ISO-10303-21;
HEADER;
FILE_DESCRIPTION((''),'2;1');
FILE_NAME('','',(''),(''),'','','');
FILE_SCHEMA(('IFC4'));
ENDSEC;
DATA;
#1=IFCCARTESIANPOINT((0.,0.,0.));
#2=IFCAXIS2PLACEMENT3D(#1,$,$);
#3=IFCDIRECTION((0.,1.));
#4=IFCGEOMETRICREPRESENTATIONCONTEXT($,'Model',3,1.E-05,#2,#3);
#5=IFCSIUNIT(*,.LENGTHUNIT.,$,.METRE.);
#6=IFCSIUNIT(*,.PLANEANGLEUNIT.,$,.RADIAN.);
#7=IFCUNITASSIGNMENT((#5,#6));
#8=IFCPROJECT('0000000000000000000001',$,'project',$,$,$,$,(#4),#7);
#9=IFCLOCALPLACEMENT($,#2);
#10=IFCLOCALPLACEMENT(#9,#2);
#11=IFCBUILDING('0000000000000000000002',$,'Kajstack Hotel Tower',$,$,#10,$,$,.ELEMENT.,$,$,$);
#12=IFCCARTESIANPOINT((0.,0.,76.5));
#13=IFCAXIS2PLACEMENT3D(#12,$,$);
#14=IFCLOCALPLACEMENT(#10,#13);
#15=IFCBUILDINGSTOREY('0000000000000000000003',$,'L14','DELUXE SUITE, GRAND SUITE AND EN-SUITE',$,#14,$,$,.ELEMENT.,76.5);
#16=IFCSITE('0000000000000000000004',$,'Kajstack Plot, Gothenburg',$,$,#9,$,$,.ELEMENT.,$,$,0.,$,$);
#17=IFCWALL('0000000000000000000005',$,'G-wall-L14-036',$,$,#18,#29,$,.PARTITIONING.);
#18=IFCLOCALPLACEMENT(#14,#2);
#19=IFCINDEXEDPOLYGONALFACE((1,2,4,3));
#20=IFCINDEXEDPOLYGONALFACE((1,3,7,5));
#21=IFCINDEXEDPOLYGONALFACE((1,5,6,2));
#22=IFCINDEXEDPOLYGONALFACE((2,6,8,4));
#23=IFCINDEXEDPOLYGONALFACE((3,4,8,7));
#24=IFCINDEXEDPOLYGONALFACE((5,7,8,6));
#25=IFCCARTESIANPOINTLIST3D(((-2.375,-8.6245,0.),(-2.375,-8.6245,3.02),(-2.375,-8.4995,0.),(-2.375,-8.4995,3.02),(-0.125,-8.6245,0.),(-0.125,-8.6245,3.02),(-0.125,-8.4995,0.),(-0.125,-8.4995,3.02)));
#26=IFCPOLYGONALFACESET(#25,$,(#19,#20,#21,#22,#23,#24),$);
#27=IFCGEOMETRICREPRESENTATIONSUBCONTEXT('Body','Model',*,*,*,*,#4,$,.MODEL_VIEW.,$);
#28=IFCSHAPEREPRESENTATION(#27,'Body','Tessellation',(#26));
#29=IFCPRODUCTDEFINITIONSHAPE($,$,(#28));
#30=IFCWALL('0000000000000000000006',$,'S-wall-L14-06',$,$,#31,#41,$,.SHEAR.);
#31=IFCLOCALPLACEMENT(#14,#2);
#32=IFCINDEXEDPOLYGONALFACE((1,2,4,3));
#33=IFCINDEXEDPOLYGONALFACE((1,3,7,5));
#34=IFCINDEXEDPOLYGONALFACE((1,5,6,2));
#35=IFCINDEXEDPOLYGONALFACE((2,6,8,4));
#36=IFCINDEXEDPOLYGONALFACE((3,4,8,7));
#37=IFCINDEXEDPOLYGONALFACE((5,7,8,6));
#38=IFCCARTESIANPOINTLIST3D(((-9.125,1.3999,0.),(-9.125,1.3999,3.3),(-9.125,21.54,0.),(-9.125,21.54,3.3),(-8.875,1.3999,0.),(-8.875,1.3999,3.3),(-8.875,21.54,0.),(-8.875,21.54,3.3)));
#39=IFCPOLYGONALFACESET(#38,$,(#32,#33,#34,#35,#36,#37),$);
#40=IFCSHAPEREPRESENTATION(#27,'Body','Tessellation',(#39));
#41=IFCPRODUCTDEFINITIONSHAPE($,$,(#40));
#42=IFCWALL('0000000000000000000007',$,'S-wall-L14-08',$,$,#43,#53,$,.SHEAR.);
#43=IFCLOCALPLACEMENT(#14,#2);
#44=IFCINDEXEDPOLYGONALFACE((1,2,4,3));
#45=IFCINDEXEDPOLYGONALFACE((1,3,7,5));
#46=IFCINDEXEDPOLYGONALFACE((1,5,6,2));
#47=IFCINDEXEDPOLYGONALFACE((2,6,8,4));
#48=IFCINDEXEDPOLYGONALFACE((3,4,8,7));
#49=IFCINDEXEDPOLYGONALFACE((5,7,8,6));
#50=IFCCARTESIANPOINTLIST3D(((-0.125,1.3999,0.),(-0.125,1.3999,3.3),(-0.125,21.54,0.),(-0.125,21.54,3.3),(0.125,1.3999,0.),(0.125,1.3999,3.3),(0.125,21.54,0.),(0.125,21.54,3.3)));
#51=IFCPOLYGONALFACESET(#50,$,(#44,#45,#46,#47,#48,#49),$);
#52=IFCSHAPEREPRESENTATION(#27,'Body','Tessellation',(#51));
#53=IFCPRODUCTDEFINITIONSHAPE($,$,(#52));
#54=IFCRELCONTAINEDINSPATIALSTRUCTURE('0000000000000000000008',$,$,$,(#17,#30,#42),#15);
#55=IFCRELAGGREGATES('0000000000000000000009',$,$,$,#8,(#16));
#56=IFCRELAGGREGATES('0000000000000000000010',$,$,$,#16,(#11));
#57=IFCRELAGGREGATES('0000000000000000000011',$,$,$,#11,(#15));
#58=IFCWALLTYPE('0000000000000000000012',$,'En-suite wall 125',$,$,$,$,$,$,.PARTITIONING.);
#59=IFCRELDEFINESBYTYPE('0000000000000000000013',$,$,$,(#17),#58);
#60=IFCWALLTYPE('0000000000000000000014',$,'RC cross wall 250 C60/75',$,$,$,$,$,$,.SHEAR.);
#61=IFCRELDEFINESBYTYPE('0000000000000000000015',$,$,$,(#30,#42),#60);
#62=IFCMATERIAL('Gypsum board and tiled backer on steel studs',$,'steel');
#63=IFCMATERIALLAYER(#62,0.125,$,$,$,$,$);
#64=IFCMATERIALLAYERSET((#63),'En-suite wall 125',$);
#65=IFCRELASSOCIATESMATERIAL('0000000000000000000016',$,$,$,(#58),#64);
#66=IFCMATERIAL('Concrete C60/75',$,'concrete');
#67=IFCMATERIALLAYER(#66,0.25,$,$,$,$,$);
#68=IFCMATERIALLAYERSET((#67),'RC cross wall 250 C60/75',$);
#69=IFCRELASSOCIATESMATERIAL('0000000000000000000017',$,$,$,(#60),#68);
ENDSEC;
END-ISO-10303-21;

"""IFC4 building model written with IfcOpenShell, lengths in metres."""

from ifc_helpers import new_model, si_unit, direction, frame, frame_2d, origin, place, context, subcontext, project, spatial, rectangle, extrude, material, layer, layer_set, type_object, element, save


model = new_model("IFC4")

# Units and contexts
model_context = context("Model", 3, precision=1e-05, world=origin(), true_north=direction((0.0, 1.0)))
body_context = subcontext(model_context, "Body", "Model", "MODEL_VIEW")
ifc_project = project(units=[si_unit("LENGTHUNIT", "METRE"), si_unit("PLANEANGLEUNIT", "RADIAN")], contexts=[model_context])

# Site, building, storey
site_placement = place(None, origin())
site = spatial("IfcSite", under=ifc_project, at=site_placement, Name="Kajstack Plot, Gothenburg", CompositionType="ELEMENT", RefElevation=0.0)
building_placement = place(site_placement, origin())
building = spatial("IfcBuilding", under=site, at=building_placement, Name="Kajstack Hotel Tower", CompositionType="ELEMENT")
storey_placement = place(building_placement, frame((0.0, 0.0, 76.5)))
storey = spatial("IfcBuildingStorey", under=building, at=storey_placement, Name="L14", Description="DELUXE SUITE, GRAND SUITE AND EN-SUITE", CompositionType="ELEMENT", Elevation=76.5)

# Shared definitions
ifc_material_1 = material(Name="Gypsum board and tiled backer on steel studs", Category="steel")
ifc_layer_1 = layer(ifc_material_1, 0.125)
ifc_layer_set_1 = layer_set([ifc_layer_1], Name="En-suite wall 125")
wall_type_1 = type_object("IfcWallType", Name="En-suite wall 125", PredefinedType="PARTITIONING", material=ifc_layer_set_1)

# Walls
wall_1_placement = place(storey_placement, frame((-2.375, -8.562, 0.0), z_axis=(0.0, 0.0, 1.0), x_axis=(1.0, 0.0, 0.0)))
element("IfcWall", 1, at=wall_1_placement, inside=storey, type_object=wall_type_1, Name="G-wall-L14-036", PredefinedType="PARTITIONING", context=body_context, shape_type="SweptSolid", body=[
    extrude(rectangle(XDim=2.25, YDim=0.125, at=frame_2d((1.125, 0.0))), origin(), (0.0, 0.0, 1.0), 3.02),
])
ifc_material_2 = material(Name="Concrete C60/75", Category="concrete")
ifc_layer_2 = layer(ifc_material_2, 0.25)
ifc_layer_set_2 = layer_set([ifc_layer_2], Name="RC cross wall 250 C60/75")
wall_type_2 = type_object("IfcWallType", Name="RC cross wall 250 C60/75", PredefinedType="SHEAR", material=ifc_layer_set_2)
for number, where, z_axis, x_axis, name in (
    (2, (-9.0, 1.3999, 0.0), (0.0, 0.0, 1.0), (0.0, 1.0, 0.0), "S-wall-L14-06"),
    (3, (0.0, 1.3999, 0.0), (0.0, 0.0, 1.0), (0.0, 1.0, 0.0), "S-wall-L14-08"),
):
    element("IfcWall", number, at=place(storey_placement, frame(where, z_axis=z_axis, x_axis=x_axis)), inside=storey, type_object=wall_type_2, Name=name, PredefinedType="SHEAR", context=body_context, shape_type="SweptSolid", body=[
        extrude(rectangle(XDim=20.1401, YDim=0.25, at=frame_2d((10.0701, 0.0))), origin(), (0.0, 0.0, 1.0), 3.3),
    ])

save(model, "model.ifc")
